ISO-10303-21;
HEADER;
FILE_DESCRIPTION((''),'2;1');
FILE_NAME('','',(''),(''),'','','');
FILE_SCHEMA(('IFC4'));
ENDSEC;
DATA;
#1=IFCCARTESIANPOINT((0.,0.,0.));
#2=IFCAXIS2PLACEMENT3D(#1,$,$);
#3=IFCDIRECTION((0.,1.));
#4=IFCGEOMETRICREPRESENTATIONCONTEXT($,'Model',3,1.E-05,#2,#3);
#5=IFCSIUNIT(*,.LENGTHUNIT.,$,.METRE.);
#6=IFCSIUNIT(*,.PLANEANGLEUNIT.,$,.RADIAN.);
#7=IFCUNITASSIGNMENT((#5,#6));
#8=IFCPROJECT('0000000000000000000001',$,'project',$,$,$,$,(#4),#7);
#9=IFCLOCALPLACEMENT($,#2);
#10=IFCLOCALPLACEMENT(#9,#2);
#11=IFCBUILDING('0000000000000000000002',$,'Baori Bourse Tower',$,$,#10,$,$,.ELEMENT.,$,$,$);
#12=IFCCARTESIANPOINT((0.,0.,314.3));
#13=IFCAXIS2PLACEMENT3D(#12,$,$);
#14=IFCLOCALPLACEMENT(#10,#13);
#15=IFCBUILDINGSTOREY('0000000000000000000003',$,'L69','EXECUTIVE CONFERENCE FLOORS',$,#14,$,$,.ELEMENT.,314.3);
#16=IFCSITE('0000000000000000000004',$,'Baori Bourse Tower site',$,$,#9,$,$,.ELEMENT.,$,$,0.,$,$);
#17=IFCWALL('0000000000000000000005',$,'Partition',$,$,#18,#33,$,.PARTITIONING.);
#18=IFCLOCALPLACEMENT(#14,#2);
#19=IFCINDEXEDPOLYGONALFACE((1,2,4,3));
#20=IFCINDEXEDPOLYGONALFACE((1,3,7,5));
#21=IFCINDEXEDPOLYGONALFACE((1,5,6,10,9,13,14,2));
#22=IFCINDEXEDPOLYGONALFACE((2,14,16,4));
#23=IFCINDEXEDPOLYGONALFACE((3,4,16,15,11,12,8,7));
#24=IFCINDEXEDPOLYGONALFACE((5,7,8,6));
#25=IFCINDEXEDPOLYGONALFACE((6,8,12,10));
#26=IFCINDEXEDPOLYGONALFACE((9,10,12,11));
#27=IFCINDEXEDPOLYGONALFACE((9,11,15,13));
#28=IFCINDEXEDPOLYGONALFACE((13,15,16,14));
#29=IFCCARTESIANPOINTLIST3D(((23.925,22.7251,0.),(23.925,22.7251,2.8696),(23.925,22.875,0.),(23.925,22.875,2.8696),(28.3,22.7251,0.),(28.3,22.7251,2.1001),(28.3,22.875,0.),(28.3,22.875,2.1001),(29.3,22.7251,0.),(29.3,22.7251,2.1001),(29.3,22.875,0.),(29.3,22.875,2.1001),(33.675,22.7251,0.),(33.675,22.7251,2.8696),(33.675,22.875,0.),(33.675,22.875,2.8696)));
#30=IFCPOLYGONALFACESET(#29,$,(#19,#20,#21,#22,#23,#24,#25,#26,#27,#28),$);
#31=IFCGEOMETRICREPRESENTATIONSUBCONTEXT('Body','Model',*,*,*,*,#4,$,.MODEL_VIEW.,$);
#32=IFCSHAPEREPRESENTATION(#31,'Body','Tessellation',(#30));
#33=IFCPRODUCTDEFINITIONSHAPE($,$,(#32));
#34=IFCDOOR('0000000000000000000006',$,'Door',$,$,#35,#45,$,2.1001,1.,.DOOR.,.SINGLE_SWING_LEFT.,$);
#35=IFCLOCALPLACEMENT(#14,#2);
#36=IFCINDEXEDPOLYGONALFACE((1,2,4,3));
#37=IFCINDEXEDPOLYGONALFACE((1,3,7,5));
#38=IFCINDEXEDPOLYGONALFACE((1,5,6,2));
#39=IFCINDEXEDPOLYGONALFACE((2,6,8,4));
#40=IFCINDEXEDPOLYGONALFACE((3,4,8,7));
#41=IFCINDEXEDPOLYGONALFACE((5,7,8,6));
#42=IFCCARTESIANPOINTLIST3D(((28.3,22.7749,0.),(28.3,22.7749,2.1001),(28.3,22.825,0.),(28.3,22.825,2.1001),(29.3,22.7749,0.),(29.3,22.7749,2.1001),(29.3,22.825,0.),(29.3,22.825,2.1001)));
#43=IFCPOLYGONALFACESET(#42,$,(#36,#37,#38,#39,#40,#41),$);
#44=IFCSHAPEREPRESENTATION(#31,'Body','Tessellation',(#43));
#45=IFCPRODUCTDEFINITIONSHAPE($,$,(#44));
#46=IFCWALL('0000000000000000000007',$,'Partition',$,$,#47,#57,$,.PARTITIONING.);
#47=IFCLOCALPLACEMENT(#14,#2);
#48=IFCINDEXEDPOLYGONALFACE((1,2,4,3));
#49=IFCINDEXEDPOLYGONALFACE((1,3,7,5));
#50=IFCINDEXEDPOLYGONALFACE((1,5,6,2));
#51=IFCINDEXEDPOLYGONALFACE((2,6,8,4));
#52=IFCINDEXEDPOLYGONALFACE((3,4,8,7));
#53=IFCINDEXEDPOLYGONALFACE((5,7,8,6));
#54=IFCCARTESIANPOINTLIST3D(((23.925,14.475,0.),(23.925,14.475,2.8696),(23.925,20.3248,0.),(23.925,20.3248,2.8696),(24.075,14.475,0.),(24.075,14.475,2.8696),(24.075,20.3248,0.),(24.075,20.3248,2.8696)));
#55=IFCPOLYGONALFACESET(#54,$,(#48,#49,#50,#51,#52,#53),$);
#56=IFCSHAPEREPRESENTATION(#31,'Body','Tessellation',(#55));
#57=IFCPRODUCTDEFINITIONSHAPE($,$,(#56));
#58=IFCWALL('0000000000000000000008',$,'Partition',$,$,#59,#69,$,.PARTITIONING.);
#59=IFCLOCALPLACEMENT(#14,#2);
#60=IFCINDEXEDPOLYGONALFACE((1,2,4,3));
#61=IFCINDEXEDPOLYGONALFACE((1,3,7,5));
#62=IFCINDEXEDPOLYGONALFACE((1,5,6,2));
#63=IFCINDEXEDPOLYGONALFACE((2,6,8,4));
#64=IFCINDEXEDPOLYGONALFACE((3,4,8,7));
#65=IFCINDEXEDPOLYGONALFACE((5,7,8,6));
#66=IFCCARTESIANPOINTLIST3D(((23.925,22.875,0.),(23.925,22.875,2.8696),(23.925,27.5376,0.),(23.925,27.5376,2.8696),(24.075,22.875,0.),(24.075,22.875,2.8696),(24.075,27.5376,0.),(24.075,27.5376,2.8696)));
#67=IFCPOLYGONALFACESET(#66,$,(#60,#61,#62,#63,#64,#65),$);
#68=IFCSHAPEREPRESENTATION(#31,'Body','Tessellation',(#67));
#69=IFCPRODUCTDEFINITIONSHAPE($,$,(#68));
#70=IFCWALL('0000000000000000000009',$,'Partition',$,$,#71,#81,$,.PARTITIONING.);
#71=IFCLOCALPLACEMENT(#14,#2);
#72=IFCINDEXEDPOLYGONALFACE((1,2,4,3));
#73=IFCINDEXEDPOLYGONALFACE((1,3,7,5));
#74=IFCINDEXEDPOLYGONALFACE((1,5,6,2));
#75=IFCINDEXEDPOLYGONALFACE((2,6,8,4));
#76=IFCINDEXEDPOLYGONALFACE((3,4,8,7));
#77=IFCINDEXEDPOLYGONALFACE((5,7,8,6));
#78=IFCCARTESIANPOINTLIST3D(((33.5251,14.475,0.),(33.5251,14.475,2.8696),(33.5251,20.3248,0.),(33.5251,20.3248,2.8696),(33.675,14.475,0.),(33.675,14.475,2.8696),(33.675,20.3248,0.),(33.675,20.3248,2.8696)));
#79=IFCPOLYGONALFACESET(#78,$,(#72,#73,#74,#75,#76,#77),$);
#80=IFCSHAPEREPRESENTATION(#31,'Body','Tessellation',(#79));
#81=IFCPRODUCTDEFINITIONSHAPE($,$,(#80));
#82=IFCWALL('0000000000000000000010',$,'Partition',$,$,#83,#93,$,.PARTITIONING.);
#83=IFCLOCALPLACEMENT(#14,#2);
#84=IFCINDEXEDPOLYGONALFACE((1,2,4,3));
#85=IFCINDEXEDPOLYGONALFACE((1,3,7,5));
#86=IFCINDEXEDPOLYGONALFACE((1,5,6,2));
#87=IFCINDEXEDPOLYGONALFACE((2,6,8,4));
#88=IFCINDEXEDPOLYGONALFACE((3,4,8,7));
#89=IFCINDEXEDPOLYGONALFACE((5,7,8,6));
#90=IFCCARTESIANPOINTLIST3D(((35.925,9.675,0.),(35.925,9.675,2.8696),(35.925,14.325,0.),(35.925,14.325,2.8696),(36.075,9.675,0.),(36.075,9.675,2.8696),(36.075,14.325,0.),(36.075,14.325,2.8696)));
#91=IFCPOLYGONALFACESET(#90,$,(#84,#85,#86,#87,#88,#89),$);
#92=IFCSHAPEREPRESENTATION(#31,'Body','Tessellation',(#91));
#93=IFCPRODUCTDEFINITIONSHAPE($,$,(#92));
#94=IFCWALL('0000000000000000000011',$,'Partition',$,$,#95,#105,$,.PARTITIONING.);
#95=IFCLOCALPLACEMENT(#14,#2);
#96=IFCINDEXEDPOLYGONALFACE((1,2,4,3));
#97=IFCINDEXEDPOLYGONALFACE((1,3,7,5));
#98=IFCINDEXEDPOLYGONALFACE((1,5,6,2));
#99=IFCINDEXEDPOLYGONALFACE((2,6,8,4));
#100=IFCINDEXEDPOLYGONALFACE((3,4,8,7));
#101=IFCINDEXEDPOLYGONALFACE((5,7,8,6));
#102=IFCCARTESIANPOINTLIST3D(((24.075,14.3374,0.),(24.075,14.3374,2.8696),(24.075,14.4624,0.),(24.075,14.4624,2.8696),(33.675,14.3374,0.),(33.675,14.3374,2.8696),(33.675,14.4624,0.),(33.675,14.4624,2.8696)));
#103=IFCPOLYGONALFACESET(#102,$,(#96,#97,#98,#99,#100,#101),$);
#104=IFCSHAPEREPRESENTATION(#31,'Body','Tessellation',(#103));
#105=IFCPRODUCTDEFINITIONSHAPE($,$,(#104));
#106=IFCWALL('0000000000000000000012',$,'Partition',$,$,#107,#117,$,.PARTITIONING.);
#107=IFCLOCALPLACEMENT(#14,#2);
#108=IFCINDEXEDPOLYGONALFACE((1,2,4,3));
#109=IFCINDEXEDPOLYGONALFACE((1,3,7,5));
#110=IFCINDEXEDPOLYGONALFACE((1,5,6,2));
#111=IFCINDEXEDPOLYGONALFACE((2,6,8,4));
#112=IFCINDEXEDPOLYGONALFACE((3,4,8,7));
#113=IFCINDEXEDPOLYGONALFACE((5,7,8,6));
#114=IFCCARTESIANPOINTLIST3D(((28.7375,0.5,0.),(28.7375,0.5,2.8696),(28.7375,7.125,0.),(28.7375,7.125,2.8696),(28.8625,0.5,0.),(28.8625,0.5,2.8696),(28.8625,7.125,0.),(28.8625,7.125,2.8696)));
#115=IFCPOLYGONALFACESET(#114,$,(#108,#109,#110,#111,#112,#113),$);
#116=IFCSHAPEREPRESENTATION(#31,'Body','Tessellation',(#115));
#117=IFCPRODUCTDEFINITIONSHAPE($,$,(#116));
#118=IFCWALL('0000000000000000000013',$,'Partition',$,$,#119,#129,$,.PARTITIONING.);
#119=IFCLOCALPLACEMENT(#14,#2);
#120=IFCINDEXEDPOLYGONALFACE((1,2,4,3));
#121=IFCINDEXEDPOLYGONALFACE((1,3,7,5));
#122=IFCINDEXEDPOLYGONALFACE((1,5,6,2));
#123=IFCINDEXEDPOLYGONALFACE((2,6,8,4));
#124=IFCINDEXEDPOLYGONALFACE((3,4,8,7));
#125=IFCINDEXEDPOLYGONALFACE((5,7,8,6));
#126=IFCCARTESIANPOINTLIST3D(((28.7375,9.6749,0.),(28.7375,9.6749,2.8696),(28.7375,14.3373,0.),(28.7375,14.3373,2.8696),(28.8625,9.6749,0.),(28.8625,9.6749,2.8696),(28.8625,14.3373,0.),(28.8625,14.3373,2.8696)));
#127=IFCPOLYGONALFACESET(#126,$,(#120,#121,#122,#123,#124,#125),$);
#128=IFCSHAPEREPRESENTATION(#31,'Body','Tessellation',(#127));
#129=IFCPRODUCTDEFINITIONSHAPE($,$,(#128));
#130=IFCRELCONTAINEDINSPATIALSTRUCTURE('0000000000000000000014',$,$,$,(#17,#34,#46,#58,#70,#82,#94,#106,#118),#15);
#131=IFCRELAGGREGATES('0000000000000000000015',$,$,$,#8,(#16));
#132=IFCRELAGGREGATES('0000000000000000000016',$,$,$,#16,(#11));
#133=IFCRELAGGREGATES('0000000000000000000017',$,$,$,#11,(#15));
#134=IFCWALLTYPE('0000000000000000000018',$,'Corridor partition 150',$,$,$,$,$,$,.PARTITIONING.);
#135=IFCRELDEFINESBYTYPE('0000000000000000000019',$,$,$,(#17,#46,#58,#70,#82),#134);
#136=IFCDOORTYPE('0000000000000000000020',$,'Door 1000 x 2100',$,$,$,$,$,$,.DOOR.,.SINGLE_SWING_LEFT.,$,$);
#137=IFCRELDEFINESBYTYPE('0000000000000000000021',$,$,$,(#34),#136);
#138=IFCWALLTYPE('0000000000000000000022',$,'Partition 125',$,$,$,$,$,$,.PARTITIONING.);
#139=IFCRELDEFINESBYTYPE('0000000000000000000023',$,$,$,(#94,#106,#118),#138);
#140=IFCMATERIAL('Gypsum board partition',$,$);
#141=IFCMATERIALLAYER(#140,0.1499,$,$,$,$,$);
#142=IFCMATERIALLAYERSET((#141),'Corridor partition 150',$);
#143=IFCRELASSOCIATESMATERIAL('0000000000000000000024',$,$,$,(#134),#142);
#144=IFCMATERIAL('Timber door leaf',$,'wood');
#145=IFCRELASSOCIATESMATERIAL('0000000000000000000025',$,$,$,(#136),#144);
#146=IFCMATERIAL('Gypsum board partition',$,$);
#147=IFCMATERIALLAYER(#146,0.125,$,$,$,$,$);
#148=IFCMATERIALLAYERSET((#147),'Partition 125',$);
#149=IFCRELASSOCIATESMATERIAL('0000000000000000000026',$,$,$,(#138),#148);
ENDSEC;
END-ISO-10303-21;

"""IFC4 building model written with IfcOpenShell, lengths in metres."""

from ifc_helpers import new_model, si_unit, direction, frame, frame_2d, origin, place, context, subcontext, project, spatial, rectangle, extrude, material, layer, layer_set, type_object, element, fill, save


model = new_model("IFC4")

# Units and contexts
model_context = context("Model", 3, precision=1e-05, world=origin(), true_north=direction((0.0, 1.0)))
body_context = subcontext(model_context, "Body", "Model", "MODEL_VIEW")
ifc_project = project(units=[si_unit("LENGTHUNIT", "METRE"), si_unit("PLANEANGLEUNIT", "RADIAN")], contexts=[model_context])

# Site, building, storey
site_placement = place(None, origin())
site = spatial("IfcSite", under=ifc_project, at=site_placement, Name="Baori Bourse Tower site", CompositionType="ELEMENT", RefElevation=0.0)
building_placement = place(site_placement, origin())
building = spatial("IfcBuilding", under=site, at=building_placement, Name="Baori Bourse Tower", CompositionType="ELEMENT")
storey_placement = place(building_placement, frame((0.0, 0.0, 314.3)))
storey = spatial("IfcBuildingStorey", under=building, at=storey_placement, Name="L69", Description="EXECUTIVE CONFERENCE FLOORS", CompositionType="ELEMENT", Elevation=314.3)

# Shared definitions
ifc_material_1 = material(Name="Gypsum board partition")
ifc_layer_1 = layer(ifc_material_1, 0.1499)
ifc_layer_set_1 = layer_set([ifc_layer_1], Name="Corridor partition 150")
wall_type_1 = type_object("IfcWallType", Name="Corridor partition 150", PredefinedType="PARTITIONING", material=ifc_layer_set_1)

# Wall, opening, door
ifc_material_2 = material(Name="Timber door leaf", Category="wood")
door_type = type_object("IfcDoorType", Name="Door 1000 x 2100", OperationType="SINGLE_SWING_LEFT", PredefinedType="DOOR", material=ifc_material_2)
wall_1_placement = place(storey_placement, frame((23.925, 22.8, 0.0), z_axis=(0.0, 0.0, 1.0), x_axis=(1.0, 0.0, 0.0)))
wall_1 = element("IfcWall", 1, at=wall_1_placement, inside=storey, type_object=wall_type_1, Name="Partition", PredefinedType="PARTITIONING", context=body_context, shape_type="SweptSolid", body=[
    extrude(rectangle(XDim=9.75, YDim=0.1499, at=frame_2d((4.875, 0.0))), origin(), (0.0, 0.0, 1.0), 2.8696),
])
opening_1_placement = place(wall_1_placement, frame((4.375, 0.0, 0.0)))
opening_1 = element("IfcOpeningElement", 2, at=opening_1_placement, cuts=wall_1, PredefinedType="OPENING", context=body_context, shape_type="SweptSolid", body=[
    extrude(rectangle(XDim=1.0, YDim=2.1001, at=frame_2d((0.5, 1.05))), frame((0.0, 0.085, 0.0), z_axis=(0.0, -1.0, 0.0), x_axis=(1.0, 0.0, 0.0)), (0.0, 0.0, 1.0), 0.1699),
])
door_1_placement = place(opening_1_placement, origin())
door_1 = element("IfcDoor", 3, at=door_1_placement, inside=storey, type_object=door_type, Name="Door", OperationType="SINGLE_SWING_LEFT", OverallHeight=2.1001, OverallWidth=1.0, PredefinedType="DOOR", context=body_context, shape_type="SweptSolid", body=[
    extrude(rectangle(XDim=1.0, YDim=2.1001, at=frame_2d((0.5, 1.05))), frame((0.0, 0.0249, 0.0), z_axis=(0.0, -1.0, 0.0), x_axis=(1.0, 0.0, 0.0)), (0.0, 0.0, 1.0), 0.05),
])
fill(opening_1, door_1)

# Walls
wall_2_placement = place(storey_placement, frame((24.0, 14.4751, 0.0), z_axis=(0.0, 0.0, 1.0), x_axis=(0.0, 1.0, 0.0)))
element("IfcWall", 4, at=wall_2_placement, inside=storey, type_object=wall_type_1, Name="Partition", PredefinedType="PARTITIONING", context=body_context, shape_type="SweptSolid", body=[
    extrude(rectangle(XDim=5.8499, YDim=0.1499, at=frame_2d((2.9248, 0.0))), origin(), (0.0, 0.0, 1.0), 2.8696),
])
wall_3_placement = place(storey_placement, frame((24.0, 22.875, 0.0), z_axis=(0.0, 0.0, 1.0), x_axis=(0.0, 1.0, 0.0)))
element("IfcWall", 5, at=wall_3_placement, inside=storey, type_object=wall_type_1, Name="Partition", PredefinedType="PARTITIONING", context=body_context, shape_type="SweptSolid", body=[
    extrude(rectangle(XDim=4.6626, YDim=0.1499, at=frame_2d((2.3313, 0.0))), origin(), (0.0, 0.0, 1.0), 2.8696),
])
wall_4_placement = place(storey_placement, frame((33.6001, 14.4751, 0.0), z_axis=(0.0, 0.0, 1.0), x_axis=(0.0, 1.0, 0.0)))
element("IfcWall", 6, at=wall_4_placement, inside=storey, type_object=wall_type_1, Name="Partition", PredefinedType="PARTITIONING", context=body_context, shape_type="SweptSolid", body=[
    extrude(rectangle(XDim=5.8499, YDim=0.1499, at=frame_2d((2.9248, 0.0))), origin(), (0.0, 0.0, 1.0), 2.8696),
])
wall_5_placement = place(storey_placement, frame((36.0, 9.675, 0.0), z_axis=(0.0, 0.0, 1.0), x_axis=(0.0, 1.0, 0.0)))
element("IfcWall", 7, at=wall_5_placement, inside=storey, type_object=wall_type_1, Name="Partition", PredefinedType="PARTITIONING", context=body_context, shape_type="SweptSolid", body=[
    extrude(rectangle(XDim=4.6499, YDim=0.1499, at=frame_2d((2.325, 0.0))), origin(), (0.0, 0.0, 1.0), 2.8696),
])
ifc_material_3 = material(Name="Gypsum board partition")
ifc_layer_2 = layer(ifc_material_3, 0.125)
ifc_layer_set_2 = layer_set([ifc_layer_2], Name="Partition 125")
wall_type_2 = type_object("IfcWallType", Name="Partition 125", PredefinedType="PARTITIONING", material=ifc_layer_set_2)
wall_6_placement = place(storey_placement, frame((24.075, 14.3999, 0.0), z_axis=(0.0, 0.0, 1.0), x_axis=(1.0, 0.0, 0.0)))
element("IfcWall", 8, at=wall_6_placement, inside=storey, type_object=wall_type_2, Name="Partition", PredefinedType="PARTITIONING", context=body_context, shape_type="SweptSolid", body=[
    extrude(rectangle(XDim=9.6001, YDim=0.125, at=frame_2d((4.8, 0.0))), origin(), (0.0, 0.0, 1.0), 2.8696),
])
wall_7_placement = place(storey_placement, frame((28.8, 0.5, 0.0), z_axis=(0.0, 0.0, 1.0), x_axis=(0.0, 1.0, 0.0)))
element("IfcWall", 9, at=wall_7_placement, inside=storey, type_object=wall_type_2, Name="Partition", PredefinedType="PARTITIONING", context=body_context, shape_type="SweptSolid", body=[
    extrude(rectangle(XDim=6.625, YDim=0.125, at=frame_2d((3.3125, 0.0))), origin(), (0.0, 0.0, 1.0), 2.8696),
])
wall_8_placement = place(storey_placement, frame((28.8, 9.675, 0.0), z_axis=(0.0, 0.0, 1.0), x_axis=(0.0, 1.0, 0.0)))
element("IfcWall", 10, at=wall_8_placement, inside=storey, type_object=wall_type_2, Name="Partition", PredefinedType="PARTITIONING", context=body_context, shape_type="SweptSolid", body=[
    extrude(rectangle(XDim=4.6624, YDim=0.125, at=frame_2d((2.3311, 0.0))), origin(), (0.0, 0.0, 1.0), 2.8696),
])

save(model, "model.ifc")
